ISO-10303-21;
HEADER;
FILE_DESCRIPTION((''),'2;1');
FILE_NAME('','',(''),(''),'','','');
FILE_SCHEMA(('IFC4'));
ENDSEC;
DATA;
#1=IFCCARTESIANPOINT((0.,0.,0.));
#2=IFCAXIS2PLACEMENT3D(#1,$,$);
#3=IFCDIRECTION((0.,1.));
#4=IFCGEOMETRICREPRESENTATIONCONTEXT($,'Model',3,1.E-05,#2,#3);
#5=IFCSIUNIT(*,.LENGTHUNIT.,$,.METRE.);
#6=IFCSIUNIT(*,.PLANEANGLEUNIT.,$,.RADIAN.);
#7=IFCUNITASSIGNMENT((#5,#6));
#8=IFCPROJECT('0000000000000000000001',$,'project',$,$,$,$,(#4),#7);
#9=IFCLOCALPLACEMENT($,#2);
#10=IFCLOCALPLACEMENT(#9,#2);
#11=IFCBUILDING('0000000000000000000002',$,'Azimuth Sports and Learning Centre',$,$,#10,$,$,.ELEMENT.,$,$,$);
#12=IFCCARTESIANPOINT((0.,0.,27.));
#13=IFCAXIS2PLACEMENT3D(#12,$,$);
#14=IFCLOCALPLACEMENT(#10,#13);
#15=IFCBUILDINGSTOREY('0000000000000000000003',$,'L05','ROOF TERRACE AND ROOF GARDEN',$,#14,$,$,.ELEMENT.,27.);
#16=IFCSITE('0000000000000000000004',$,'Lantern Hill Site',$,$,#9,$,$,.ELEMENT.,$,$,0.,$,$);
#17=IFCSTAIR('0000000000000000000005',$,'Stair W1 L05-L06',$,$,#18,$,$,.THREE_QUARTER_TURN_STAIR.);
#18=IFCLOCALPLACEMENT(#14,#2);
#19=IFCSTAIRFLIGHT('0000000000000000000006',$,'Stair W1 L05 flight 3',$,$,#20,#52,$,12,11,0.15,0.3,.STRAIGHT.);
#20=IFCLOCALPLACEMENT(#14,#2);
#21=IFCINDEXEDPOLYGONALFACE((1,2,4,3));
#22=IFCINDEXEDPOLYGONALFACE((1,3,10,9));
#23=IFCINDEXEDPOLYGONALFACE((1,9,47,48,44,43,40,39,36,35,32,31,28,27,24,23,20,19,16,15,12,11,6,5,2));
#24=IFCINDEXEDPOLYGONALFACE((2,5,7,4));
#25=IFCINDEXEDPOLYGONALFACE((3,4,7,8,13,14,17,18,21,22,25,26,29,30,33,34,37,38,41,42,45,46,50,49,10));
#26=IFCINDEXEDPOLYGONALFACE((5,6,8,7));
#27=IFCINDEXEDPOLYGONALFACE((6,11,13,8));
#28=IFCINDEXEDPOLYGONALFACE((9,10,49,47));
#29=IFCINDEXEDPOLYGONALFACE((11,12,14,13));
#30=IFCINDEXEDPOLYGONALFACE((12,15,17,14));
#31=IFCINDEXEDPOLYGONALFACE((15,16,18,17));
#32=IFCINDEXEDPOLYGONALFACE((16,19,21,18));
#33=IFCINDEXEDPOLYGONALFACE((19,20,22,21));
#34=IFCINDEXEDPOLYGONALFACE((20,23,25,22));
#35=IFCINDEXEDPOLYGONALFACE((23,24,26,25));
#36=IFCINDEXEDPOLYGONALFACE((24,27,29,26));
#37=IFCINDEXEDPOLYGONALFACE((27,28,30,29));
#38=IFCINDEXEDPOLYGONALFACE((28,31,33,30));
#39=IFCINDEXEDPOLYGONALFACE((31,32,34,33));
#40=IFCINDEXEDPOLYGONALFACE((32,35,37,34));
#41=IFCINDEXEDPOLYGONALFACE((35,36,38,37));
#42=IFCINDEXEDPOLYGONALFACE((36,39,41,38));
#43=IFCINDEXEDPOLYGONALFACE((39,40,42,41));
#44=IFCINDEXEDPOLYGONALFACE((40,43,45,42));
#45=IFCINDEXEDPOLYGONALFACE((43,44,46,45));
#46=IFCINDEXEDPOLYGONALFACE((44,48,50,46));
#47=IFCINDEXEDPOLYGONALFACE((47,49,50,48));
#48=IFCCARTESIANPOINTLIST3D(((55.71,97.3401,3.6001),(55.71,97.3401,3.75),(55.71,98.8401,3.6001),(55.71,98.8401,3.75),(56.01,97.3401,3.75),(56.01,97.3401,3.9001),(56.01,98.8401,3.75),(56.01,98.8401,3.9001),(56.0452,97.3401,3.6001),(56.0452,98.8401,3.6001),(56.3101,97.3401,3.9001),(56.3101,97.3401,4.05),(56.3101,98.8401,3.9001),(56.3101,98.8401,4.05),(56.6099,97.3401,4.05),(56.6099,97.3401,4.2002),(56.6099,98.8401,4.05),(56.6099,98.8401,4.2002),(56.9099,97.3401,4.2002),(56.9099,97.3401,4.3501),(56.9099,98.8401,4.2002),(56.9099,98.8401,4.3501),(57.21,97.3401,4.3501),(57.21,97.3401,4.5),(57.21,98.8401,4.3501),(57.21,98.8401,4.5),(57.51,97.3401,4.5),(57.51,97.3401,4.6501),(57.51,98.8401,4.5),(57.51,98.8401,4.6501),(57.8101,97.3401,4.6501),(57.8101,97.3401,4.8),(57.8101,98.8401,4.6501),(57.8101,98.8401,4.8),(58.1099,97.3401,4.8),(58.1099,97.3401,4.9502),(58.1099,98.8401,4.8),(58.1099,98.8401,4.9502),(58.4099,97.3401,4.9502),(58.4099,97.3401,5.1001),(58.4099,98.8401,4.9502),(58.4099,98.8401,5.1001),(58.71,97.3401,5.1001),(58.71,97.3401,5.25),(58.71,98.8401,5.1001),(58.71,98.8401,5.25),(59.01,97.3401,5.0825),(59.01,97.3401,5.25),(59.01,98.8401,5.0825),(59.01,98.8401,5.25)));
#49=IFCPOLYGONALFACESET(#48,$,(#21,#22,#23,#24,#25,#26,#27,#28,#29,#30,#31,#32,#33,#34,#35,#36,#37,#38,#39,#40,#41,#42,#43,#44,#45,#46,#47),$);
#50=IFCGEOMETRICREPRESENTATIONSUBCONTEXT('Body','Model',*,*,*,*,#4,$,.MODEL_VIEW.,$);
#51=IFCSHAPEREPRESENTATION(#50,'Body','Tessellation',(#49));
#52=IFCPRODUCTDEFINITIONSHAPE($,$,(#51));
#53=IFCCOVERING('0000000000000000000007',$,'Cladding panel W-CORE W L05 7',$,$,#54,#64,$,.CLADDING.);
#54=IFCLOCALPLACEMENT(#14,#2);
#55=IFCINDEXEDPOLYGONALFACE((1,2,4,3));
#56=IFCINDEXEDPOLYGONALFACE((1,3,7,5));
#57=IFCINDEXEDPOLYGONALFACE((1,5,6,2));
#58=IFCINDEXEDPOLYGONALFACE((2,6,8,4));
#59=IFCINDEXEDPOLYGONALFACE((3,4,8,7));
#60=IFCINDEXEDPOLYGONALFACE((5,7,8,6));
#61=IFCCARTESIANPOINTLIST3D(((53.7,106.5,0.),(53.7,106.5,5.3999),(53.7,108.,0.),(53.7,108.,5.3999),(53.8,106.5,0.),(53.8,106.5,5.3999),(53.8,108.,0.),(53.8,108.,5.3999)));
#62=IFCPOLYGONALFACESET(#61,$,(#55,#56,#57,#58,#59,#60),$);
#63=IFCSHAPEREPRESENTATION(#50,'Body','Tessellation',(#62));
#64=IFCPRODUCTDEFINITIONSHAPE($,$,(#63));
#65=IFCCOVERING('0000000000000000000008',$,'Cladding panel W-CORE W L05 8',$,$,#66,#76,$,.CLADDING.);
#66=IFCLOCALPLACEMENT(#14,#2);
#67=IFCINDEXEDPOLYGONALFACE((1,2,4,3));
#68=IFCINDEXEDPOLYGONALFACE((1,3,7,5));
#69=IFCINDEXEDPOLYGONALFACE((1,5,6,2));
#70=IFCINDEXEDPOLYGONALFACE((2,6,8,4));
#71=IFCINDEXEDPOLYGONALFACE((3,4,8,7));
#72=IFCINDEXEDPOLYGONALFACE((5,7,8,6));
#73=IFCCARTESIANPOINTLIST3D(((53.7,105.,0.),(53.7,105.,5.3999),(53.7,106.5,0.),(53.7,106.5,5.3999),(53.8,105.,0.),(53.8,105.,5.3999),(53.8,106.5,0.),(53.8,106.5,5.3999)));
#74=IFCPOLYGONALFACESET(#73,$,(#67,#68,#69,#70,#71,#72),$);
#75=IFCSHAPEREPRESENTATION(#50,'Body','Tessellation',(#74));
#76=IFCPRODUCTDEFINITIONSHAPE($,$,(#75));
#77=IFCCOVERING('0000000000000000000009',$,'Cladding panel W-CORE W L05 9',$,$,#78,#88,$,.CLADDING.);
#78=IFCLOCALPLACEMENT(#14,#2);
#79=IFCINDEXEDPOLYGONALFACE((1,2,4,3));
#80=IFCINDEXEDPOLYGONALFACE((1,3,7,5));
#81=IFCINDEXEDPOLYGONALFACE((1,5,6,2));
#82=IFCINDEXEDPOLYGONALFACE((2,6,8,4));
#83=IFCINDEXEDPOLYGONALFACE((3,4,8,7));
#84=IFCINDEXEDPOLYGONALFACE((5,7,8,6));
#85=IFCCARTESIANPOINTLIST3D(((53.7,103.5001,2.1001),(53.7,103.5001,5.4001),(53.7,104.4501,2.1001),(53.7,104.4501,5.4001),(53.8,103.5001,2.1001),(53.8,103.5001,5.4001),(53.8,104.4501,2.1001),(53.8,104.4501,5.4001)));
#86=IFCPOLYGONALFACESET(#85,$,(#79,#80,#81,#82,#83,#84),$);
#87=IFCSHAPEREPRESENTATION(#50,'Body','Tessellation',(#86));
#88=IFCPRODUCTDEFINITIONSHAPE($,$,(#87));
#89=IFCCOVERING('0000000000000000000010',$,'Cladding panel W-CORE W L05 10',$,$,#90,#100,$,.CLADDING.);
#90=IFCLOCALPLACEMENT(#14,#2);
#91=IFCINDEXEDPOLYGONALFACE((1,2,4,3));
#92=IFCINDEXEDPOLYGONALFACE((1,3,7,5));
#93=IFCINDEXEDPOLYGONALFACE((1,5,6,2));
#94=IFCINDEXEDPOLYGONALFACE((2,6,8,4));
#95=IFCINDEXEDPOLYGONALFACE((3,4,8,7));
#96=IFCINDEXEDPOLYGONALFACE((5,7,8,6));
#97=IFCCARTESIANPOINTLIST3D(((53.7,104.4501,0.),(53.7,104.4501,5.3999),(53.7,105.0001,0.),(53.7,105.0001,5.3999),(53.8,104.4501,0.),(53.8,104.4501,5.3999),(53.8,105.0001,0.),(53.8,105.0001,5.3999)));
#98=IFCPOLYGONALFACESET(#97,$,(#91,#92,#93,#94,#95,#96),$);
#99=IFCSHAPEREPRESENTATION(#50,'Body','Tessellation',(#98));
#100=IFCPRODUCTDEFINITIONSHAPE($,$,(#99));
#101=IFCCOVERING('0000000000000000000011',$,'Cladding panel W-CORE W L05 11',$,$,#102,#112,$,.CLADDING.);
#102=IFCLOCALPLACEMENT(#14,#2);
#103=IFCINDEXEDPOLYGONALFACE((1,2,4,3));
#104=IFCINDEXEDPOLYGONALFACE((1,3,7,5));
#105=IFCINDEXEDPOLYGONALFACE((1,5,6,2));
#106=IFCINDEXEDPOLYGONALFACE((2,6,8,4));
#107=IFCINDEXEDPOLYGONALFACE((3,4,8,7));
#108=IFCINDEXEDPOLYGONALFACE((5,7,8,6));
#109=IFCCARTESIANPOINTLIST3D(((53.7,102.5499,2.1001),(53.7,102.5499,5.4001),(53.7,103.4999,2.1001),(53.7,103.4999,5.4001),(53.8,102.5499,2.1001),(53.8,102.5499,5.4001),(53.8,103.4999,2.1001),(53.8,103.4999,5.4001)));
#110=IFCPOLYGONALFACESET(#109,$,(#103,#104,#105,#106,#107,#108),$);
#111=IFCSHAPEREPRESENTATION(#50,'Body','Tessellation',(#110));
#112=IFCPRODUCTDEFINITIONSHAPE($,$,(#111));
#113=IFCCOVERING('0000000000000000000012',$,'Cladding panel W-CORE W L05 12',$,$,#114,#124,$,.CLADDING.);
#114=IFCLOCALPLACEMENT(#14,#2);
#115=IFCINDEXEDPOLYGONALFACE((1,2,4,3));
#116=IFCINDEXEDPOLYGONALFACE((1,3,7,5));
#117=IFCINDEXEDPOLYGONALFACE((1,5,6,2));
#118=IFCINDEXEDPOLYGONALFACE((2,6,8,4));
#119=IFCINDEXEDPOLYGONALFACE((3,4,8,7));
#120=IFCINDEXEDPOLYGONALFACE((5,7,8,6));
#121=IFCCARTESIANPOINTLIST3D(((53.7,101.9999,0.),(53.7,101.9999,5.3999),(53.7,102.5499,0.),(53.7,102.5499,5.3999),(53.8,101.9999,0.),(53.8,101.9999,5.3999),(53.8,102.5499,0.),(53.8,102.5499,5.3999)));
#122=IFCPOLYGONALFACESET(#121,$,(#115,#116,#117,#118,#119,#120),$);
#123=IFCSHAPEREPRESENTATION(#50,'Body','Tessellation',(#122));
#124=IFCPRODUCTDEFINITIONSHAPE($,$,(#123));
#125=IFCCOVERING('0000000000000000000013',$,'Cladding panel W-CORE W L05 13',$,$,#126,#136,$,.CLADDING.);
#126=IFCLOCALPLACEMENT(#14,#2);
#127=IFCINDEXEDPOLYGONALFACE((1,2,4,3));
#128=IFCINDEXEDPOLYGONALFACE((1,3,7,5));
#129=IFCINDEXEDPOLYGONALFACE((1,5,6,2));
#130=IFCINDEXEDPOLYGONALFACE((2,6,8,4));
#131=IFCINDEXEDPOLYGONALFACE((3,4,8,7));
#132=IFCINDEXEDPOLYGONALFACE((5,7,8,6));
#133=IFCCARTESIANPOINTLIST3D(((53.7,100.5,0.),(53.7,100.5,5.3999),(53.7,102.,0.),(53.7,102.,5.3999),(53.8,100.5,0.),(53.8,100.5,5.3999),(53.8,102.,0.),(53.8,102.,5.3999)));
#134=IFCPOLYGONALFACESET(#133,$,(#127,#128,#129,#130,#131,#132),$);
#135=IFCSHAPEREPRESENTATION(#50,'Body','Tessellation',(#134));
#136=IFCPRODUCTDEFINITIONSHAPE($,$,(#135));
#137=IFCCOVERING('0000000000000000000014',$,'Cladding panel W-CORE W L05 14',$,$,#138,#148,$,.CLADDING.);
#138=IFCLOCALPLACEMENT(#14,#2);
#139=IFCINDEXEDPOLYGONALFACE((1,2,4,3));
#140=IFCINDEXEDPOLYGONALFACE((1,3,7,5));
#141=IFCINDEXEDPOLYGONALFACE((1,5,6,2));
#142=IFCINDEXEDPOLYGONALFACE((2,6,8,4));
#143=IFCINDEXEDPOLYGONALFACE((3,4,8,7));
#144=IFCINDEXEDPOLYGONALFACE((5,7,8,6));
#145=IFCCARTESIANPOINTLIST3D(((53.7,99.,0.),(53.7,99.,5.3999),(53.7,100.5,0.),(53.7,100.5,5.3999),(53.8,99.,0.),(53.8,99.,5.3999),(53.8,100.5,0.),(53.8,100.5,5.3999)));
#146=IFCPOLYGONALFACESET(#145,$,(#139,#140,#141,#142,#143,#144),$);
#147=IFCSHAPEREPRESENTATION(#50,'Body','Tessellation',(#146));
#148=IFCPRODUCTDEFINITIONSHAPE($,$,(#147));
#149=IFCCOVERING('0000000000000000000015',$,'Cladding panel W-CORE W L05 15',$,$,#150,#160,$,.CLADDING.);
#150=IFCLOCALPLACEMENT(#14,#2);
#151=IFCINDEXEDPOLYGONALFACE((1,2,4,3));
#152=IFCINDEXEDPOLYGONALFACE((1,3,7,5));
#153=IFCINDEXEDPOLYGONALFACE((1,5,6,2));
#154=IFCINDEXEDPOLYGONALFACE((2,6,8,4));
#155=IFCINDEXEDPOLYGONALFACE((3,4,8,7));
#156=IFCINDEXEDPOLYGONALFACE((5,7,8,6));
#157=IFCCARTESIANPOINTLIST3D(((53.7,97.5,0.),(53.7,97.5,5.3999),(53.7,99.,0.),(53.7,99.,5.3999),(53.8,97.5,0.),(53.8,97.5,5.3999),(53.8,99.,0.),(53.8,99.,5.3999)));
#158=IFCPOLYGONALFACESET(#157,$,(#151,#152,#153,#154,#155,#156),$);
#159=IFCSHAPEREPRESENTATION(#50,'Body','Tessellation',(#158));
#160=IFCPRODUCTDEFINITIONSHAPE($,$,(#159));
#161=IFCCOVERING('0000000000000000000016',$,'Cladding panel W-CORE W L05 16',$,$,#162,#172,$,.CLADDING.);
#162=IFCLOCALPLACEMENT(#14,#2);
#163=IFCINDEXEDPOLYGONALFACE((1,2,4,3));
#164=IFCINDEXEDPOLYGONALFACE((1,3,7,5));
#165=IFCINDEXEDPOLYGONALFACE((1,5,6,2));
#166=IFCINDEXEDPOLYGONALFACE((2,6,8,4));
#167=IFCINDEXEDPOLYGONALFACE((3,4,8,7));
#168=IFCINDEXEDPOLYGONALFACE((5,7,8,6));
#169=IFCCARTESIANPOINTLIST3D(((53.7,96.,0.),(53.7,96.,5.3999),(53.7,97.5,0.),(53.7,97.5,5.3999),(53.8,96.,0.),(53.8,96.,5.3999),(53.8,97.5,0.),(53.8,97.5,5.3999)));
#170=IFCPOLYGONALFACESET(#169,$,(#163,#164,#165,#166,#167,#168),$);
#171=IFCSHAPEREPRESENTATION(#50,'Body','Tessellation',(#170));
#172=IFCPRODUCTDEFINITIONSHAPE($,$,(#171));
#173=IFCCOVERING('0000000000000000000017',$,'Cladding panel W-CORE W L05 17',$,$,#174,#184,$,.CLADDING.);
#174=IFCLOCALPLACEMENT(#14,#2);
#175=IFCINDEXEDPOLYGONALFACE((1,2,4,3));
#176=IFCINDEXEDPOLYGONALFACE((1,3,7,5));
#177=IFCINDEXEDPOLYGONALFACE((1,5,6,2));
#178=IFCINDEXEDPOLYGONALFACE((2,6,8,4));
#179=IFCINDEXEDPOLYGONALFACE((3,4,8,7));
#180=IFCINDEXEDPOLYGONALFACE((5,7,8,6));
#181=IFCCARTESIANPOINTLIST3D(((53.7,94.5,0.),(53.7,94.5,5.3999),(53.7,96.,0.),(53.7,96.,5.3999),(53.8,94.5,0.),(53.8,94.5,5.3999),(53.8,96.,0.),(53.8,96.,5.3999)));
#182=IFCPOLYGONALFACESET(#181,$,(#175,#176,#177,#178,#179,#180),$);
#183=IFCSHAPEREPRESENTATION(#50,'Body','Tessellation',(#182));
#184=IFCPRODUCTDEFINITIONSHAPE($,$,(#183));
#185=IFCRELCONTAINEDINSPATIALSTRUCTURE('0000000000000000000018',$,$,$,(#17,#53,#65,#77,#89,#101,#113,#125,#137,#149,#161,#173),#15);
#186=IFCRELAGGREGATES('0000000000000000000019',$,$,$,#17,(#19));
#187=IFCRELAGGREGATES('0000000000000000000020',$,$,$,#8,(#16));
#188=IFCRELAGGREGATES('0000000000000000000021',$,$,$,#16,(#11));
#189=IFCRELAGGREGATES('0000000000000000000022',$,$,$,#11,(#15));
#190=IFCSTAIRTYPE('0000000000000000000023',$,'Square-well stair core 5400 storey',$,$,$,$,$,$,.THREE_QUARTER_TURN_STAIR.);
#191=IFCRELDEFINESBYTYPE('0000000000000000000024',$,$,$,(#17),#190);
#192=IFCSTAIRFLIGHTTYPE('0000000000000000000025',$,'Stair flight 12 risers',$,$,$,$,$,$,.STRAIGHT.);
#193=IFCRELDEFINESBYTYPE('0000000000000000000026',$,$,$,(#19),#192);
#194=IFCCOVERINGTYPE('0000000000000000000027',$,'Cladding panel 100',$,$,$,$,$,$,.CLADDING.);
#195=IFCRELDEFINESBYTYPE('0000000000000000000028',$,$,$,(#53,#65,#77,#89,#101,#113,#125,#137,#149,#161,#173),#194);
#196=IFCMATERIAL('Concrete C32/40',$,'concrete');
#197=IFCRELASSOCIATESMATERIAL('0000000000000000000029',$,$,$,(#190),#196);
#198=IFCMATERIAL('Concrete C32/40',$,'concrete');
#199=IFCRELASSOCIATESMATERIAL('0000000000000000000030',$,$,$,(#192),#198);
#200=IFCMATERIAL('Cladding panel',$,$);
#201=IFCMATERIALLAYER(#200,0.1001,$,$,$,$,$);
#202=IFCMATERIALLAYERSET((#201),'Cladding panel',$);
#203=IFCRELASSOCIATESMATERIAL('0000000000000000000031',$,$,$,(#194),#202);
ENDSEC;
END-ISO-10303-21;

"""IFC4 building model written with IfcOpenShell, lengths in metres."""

from ifc_helpers import new_model, si_unit, direction, frame, origin, origin_2d, place, context, subcontext, project, spatial, polyline, rectangle, outline, extrude, material, layer, layer_set, type_object, element, aggregate, save


model = new_model("IFC4")

# Units and contexts
model_context = context("Model", 3, precision=1e-05, world=origin(), true_north=direction((0.0, 1.0)))
body_context = subcontext(model_context, "Body", "Model", "MODEL_VIEW")
ifc_project = project(units=[si_unit("LENGTHUNIT", "METRE"), si_unit("PLANEANGLEUNIT", "RADIAN")], contexts=[model_context])

# Site, building, storey
site_placement = place(None, origin())
site = spatial("IfcSite", under=ifc_project, at=site_placement, Name="Lantern Hill Site", CompositionType="ELEMENT", RefElevation=0.0)
building_placement = place(site_placement, origin())
building = spatial("IfcBuilding", under=site, at=building_placement, Name="Azimuth Sports and Learning Centre", CompositionType="ELEMENT")
storey_placement = place(building_placement, frame((0.0, 0.0, 27.0)))
storey = spatial("IfcBuildingStorey", under=building, at=storey_placement, Name="L05", Description="ROOF TERRACE AND ROOF GARDEN", CompositionType="ELEMENT", Elevation=27.0)

# Stair, stair flight
ifc_material_1 = material(Name="Concrete C32/40", Category="concrete")
stair_type = type_object("IfcStairType", Name="Square-well stair core 5400 storey", PredefinedType="THREE_QUARTER_TURN_STAIR", material=ifc_material_1)
stair_placement = place(storey_placement, origin())
stair = element("IfcStair", 1, at=stair_placement, inside=storey, type_object=stair_type, Name="Stair W1 L05-L06", PredefinedType="THREE_QUARTER_TURN_STAIR")
ifc_material_2 = material(Name="Concrete C32/40", Category="concrete")
stair_flight_type = type_object("IfcStairFlightType", Name="Stair flight 12 risers", PredefinedType="STRAIGHT", material=ifc_material_2)
stair_flight_placement = place(storey_placement, frame((55.71, 98.0901, 3.6001), z_axis=(0.0, 0.0, 1.0), x_axis=(1.0, 0.0, 0.0)))
stair_flight = element("IfcStairFlight", 2, at=stair_flight_placement, type_object=stair_flight_type, Name="Stair W1 L05 flight 3", NumberOfRisers=12, NumberOfTreads=11, PredefinedType="STRAIGHT", RiserHeight=0.15, TreadLength=0.3, context=body_context, shape_type="SweptSolid", body=[
    extrude(outline(polyline([(0.0, 0.0), (0.0, 0.1499), (0.3, 0.1499), (0.3, 0.3), (0.6001, 0.3), (0.6001, 0.45), (0.8999, 0.45), (0.8999, 0.6001), (1.2, 0.6001), (1.2, 0.75), (1.5, 0.75), (1.5, 0.8999), (1.8, 0.8999), (1.8, 1.05), (2.1001, 1.05), (2.1001, 1.2), (2.3999, 1.2), (2.3999, 1.3501), (2.7, 1.3501), (2.7, 1.5), (3.0, 1.5), (3.0, 1.6499), (3.3, 1.6499), (3.3, 1.8), (3.3, 1.4824), (0.3352, 0.0), (0.0, 0.0)])), frame((0.0, 0.75, 0.0), z_axis=(0.0, -1.0, 0.0), x_axis=(1.0, 0.0, 0.0)), (0.0, 0.0, 1.0), 1.5),
])
aggregate(stair, [stair_flight])

# Coverings
ifc_material_3 = material(Name="Cladding panel")
ifc_layer_1 = layer(ifc_material_3, 0.1001)
ifc_layer_set_1 = layer_set([ifc_layer_1], Name="Cladding panel")
covering_type = type_object("IfcCoveringType", Name="Cladding panel 100", PredefinedType="CLADDING", material=ifc_layer_set_1)
for number, where, z_axis, x_axis, name in (
    (3, (53.75, 107.25, 0.0), (0.0, 0.0, 1.0), (0.0, -1.0, 0.0), "Cladding panel W-CORE W L05 7"),
    (4, (53.75, 105.75, 0.0), (0.0, 0.0, 1.0), (0.0, -1.0, 0.0), "Cladding panel W-CORE W L05 8"),
):
    element("IfcCovering", number, at=place(storey_placement, frame(where, z_axis=z_axis, x_axis=x_axis)), inside=storey, type_object=covering_type, Name=name, PredefinedType="CLADDING", context=body_context, shape_type="SweptSolid", body=[
        extrude(rectangle(XDim=1.5, YDim=0.1001, at=origin_2d()), origin(), (0.0, 0.0, 1.0), 5.3999),
    ])
covering_1_placement = place(storey_placement, frame((53.75, 103.9751, 2.1001), z_axis=(0.0, 0.0, 1.0), x_axis=(0.0, -1.0, 0.0)))
element("IfcCovering", 5, at=covering_1_placement, inside=storey, type_object=covering_type, Name="Cladding panel W-CORE W L05 9", PredefinedType="CLADDING", context=body_context, shape_type="SweptSolid", body=[
    extrude(rectangle(XDim=0.95, YDim=0.1001, at=origin_2d()), origin(), (0.0, 0.0, 1.0), 3.3),
])
covering_2_placement = place(storey_placement, frame((53.75, 104.7251, 0.0), z_axis=(0.0, 0.0, 1.0), x_axis=(0.0, -1.0, 0.0)))
element("IfcCovering", 6, at=covering_2_placement, inside=storey, type_object=covering_type, Name="Cladding panel W-CORE W L05 10", PredefinedType="CLADDING", context=body_context, shape_type="SweptSolid", body=[
    extrude(rectangle(XDim=0.55, YDim=0.1001, at=origin_2d()), origin(), (0.0, 0.0, 1.0), 5.3999),
])
covering_3_placement = place(storey_placement, frame((53.75, 103.0249, 2.1001), z_axis=(0.0, 0.0, 1.0), x_axis=(0.0, -1.0, 0.0)))
element("IfcCovering", 7, at=covering_3_placement, inside=storey, type_object=covering_type, Name="Cladding panel W-CORE W L05 11", PredefinedType="CLADDING", context=body_context, shape_type="SweptSolid", body=[
    extrude(rectangle(XDim=0.95, YDim=0.1001, at=origin_2d()), origin(), (0.0, 0.0, 1.0), 3.3),
])
covering_4_placement = place(storey_placement, frame((53.75, 102.2749, 0.0), z_axis=(0.0, 0.0, 1.0), x_axis=(0.0, -1.0, 0.0)))
element("IfcCovering", 8, at=covering_4_placement, inside=storey, type_object=covering_type, Name="Cladding panel W-CORE W L05 12", PredefinedType="CLADDING", context=body_context, shape_type="SweptSolid", body=[
    extrude(rectangle(XDim=0.55, YDim=0.1001, at=origin_2d()), origin(), (0.0, 0.0, 1.0), 5.3999),
])
for number, where, z_axis, x_axis, name in (
    (9, (53.75, 101.25, 0.0), (0.0, 0.0, 1.0), (0.0, -1.0, 0.0), "Cladding panel W-CORE W L05 13"),
    (10, (53.75, 99.75, 0.0), (0.0, 0.0, 1.0), (0.0, -1.0, 0.0), "Cladding panel W-CORE W L05 14"),
    (11, (53.75, 98.25, 0.0), (0.0, 0.0, 1.0), (0.0, -1.0, 0.0), "Cladding panel W-CORE W L05 15"),
    (12, (53.75, 96.75, 0.0), (0.0, 0.0, 1.0), (0.0, -1.0, 0.0), "Cladding panel W-CORE W L05 16"),
    (13, (53.75, 95.25, 0.0), (0.0, 0.0, 1.0), (0.0, -1.0, 0.0), "Cladding panel W-CORE W L05 17"),
):
    element("IfcCovering", number, at=place(storey_placement, frame(where, z_axis=z_axis, x_axis=x_axis)), inside=storey, type_object=covering_type, Name=name, PredefinedType="CLADDING", context=body_context, shape_type="SweptSolid", body=[
        extrude(rectangle(XDim=1.5, YDim=0.1001, at=origin_2d()), origin(), (0.0, 0.0, 1.0), 5.3999),
    ])

save(model, "model.ifc")
